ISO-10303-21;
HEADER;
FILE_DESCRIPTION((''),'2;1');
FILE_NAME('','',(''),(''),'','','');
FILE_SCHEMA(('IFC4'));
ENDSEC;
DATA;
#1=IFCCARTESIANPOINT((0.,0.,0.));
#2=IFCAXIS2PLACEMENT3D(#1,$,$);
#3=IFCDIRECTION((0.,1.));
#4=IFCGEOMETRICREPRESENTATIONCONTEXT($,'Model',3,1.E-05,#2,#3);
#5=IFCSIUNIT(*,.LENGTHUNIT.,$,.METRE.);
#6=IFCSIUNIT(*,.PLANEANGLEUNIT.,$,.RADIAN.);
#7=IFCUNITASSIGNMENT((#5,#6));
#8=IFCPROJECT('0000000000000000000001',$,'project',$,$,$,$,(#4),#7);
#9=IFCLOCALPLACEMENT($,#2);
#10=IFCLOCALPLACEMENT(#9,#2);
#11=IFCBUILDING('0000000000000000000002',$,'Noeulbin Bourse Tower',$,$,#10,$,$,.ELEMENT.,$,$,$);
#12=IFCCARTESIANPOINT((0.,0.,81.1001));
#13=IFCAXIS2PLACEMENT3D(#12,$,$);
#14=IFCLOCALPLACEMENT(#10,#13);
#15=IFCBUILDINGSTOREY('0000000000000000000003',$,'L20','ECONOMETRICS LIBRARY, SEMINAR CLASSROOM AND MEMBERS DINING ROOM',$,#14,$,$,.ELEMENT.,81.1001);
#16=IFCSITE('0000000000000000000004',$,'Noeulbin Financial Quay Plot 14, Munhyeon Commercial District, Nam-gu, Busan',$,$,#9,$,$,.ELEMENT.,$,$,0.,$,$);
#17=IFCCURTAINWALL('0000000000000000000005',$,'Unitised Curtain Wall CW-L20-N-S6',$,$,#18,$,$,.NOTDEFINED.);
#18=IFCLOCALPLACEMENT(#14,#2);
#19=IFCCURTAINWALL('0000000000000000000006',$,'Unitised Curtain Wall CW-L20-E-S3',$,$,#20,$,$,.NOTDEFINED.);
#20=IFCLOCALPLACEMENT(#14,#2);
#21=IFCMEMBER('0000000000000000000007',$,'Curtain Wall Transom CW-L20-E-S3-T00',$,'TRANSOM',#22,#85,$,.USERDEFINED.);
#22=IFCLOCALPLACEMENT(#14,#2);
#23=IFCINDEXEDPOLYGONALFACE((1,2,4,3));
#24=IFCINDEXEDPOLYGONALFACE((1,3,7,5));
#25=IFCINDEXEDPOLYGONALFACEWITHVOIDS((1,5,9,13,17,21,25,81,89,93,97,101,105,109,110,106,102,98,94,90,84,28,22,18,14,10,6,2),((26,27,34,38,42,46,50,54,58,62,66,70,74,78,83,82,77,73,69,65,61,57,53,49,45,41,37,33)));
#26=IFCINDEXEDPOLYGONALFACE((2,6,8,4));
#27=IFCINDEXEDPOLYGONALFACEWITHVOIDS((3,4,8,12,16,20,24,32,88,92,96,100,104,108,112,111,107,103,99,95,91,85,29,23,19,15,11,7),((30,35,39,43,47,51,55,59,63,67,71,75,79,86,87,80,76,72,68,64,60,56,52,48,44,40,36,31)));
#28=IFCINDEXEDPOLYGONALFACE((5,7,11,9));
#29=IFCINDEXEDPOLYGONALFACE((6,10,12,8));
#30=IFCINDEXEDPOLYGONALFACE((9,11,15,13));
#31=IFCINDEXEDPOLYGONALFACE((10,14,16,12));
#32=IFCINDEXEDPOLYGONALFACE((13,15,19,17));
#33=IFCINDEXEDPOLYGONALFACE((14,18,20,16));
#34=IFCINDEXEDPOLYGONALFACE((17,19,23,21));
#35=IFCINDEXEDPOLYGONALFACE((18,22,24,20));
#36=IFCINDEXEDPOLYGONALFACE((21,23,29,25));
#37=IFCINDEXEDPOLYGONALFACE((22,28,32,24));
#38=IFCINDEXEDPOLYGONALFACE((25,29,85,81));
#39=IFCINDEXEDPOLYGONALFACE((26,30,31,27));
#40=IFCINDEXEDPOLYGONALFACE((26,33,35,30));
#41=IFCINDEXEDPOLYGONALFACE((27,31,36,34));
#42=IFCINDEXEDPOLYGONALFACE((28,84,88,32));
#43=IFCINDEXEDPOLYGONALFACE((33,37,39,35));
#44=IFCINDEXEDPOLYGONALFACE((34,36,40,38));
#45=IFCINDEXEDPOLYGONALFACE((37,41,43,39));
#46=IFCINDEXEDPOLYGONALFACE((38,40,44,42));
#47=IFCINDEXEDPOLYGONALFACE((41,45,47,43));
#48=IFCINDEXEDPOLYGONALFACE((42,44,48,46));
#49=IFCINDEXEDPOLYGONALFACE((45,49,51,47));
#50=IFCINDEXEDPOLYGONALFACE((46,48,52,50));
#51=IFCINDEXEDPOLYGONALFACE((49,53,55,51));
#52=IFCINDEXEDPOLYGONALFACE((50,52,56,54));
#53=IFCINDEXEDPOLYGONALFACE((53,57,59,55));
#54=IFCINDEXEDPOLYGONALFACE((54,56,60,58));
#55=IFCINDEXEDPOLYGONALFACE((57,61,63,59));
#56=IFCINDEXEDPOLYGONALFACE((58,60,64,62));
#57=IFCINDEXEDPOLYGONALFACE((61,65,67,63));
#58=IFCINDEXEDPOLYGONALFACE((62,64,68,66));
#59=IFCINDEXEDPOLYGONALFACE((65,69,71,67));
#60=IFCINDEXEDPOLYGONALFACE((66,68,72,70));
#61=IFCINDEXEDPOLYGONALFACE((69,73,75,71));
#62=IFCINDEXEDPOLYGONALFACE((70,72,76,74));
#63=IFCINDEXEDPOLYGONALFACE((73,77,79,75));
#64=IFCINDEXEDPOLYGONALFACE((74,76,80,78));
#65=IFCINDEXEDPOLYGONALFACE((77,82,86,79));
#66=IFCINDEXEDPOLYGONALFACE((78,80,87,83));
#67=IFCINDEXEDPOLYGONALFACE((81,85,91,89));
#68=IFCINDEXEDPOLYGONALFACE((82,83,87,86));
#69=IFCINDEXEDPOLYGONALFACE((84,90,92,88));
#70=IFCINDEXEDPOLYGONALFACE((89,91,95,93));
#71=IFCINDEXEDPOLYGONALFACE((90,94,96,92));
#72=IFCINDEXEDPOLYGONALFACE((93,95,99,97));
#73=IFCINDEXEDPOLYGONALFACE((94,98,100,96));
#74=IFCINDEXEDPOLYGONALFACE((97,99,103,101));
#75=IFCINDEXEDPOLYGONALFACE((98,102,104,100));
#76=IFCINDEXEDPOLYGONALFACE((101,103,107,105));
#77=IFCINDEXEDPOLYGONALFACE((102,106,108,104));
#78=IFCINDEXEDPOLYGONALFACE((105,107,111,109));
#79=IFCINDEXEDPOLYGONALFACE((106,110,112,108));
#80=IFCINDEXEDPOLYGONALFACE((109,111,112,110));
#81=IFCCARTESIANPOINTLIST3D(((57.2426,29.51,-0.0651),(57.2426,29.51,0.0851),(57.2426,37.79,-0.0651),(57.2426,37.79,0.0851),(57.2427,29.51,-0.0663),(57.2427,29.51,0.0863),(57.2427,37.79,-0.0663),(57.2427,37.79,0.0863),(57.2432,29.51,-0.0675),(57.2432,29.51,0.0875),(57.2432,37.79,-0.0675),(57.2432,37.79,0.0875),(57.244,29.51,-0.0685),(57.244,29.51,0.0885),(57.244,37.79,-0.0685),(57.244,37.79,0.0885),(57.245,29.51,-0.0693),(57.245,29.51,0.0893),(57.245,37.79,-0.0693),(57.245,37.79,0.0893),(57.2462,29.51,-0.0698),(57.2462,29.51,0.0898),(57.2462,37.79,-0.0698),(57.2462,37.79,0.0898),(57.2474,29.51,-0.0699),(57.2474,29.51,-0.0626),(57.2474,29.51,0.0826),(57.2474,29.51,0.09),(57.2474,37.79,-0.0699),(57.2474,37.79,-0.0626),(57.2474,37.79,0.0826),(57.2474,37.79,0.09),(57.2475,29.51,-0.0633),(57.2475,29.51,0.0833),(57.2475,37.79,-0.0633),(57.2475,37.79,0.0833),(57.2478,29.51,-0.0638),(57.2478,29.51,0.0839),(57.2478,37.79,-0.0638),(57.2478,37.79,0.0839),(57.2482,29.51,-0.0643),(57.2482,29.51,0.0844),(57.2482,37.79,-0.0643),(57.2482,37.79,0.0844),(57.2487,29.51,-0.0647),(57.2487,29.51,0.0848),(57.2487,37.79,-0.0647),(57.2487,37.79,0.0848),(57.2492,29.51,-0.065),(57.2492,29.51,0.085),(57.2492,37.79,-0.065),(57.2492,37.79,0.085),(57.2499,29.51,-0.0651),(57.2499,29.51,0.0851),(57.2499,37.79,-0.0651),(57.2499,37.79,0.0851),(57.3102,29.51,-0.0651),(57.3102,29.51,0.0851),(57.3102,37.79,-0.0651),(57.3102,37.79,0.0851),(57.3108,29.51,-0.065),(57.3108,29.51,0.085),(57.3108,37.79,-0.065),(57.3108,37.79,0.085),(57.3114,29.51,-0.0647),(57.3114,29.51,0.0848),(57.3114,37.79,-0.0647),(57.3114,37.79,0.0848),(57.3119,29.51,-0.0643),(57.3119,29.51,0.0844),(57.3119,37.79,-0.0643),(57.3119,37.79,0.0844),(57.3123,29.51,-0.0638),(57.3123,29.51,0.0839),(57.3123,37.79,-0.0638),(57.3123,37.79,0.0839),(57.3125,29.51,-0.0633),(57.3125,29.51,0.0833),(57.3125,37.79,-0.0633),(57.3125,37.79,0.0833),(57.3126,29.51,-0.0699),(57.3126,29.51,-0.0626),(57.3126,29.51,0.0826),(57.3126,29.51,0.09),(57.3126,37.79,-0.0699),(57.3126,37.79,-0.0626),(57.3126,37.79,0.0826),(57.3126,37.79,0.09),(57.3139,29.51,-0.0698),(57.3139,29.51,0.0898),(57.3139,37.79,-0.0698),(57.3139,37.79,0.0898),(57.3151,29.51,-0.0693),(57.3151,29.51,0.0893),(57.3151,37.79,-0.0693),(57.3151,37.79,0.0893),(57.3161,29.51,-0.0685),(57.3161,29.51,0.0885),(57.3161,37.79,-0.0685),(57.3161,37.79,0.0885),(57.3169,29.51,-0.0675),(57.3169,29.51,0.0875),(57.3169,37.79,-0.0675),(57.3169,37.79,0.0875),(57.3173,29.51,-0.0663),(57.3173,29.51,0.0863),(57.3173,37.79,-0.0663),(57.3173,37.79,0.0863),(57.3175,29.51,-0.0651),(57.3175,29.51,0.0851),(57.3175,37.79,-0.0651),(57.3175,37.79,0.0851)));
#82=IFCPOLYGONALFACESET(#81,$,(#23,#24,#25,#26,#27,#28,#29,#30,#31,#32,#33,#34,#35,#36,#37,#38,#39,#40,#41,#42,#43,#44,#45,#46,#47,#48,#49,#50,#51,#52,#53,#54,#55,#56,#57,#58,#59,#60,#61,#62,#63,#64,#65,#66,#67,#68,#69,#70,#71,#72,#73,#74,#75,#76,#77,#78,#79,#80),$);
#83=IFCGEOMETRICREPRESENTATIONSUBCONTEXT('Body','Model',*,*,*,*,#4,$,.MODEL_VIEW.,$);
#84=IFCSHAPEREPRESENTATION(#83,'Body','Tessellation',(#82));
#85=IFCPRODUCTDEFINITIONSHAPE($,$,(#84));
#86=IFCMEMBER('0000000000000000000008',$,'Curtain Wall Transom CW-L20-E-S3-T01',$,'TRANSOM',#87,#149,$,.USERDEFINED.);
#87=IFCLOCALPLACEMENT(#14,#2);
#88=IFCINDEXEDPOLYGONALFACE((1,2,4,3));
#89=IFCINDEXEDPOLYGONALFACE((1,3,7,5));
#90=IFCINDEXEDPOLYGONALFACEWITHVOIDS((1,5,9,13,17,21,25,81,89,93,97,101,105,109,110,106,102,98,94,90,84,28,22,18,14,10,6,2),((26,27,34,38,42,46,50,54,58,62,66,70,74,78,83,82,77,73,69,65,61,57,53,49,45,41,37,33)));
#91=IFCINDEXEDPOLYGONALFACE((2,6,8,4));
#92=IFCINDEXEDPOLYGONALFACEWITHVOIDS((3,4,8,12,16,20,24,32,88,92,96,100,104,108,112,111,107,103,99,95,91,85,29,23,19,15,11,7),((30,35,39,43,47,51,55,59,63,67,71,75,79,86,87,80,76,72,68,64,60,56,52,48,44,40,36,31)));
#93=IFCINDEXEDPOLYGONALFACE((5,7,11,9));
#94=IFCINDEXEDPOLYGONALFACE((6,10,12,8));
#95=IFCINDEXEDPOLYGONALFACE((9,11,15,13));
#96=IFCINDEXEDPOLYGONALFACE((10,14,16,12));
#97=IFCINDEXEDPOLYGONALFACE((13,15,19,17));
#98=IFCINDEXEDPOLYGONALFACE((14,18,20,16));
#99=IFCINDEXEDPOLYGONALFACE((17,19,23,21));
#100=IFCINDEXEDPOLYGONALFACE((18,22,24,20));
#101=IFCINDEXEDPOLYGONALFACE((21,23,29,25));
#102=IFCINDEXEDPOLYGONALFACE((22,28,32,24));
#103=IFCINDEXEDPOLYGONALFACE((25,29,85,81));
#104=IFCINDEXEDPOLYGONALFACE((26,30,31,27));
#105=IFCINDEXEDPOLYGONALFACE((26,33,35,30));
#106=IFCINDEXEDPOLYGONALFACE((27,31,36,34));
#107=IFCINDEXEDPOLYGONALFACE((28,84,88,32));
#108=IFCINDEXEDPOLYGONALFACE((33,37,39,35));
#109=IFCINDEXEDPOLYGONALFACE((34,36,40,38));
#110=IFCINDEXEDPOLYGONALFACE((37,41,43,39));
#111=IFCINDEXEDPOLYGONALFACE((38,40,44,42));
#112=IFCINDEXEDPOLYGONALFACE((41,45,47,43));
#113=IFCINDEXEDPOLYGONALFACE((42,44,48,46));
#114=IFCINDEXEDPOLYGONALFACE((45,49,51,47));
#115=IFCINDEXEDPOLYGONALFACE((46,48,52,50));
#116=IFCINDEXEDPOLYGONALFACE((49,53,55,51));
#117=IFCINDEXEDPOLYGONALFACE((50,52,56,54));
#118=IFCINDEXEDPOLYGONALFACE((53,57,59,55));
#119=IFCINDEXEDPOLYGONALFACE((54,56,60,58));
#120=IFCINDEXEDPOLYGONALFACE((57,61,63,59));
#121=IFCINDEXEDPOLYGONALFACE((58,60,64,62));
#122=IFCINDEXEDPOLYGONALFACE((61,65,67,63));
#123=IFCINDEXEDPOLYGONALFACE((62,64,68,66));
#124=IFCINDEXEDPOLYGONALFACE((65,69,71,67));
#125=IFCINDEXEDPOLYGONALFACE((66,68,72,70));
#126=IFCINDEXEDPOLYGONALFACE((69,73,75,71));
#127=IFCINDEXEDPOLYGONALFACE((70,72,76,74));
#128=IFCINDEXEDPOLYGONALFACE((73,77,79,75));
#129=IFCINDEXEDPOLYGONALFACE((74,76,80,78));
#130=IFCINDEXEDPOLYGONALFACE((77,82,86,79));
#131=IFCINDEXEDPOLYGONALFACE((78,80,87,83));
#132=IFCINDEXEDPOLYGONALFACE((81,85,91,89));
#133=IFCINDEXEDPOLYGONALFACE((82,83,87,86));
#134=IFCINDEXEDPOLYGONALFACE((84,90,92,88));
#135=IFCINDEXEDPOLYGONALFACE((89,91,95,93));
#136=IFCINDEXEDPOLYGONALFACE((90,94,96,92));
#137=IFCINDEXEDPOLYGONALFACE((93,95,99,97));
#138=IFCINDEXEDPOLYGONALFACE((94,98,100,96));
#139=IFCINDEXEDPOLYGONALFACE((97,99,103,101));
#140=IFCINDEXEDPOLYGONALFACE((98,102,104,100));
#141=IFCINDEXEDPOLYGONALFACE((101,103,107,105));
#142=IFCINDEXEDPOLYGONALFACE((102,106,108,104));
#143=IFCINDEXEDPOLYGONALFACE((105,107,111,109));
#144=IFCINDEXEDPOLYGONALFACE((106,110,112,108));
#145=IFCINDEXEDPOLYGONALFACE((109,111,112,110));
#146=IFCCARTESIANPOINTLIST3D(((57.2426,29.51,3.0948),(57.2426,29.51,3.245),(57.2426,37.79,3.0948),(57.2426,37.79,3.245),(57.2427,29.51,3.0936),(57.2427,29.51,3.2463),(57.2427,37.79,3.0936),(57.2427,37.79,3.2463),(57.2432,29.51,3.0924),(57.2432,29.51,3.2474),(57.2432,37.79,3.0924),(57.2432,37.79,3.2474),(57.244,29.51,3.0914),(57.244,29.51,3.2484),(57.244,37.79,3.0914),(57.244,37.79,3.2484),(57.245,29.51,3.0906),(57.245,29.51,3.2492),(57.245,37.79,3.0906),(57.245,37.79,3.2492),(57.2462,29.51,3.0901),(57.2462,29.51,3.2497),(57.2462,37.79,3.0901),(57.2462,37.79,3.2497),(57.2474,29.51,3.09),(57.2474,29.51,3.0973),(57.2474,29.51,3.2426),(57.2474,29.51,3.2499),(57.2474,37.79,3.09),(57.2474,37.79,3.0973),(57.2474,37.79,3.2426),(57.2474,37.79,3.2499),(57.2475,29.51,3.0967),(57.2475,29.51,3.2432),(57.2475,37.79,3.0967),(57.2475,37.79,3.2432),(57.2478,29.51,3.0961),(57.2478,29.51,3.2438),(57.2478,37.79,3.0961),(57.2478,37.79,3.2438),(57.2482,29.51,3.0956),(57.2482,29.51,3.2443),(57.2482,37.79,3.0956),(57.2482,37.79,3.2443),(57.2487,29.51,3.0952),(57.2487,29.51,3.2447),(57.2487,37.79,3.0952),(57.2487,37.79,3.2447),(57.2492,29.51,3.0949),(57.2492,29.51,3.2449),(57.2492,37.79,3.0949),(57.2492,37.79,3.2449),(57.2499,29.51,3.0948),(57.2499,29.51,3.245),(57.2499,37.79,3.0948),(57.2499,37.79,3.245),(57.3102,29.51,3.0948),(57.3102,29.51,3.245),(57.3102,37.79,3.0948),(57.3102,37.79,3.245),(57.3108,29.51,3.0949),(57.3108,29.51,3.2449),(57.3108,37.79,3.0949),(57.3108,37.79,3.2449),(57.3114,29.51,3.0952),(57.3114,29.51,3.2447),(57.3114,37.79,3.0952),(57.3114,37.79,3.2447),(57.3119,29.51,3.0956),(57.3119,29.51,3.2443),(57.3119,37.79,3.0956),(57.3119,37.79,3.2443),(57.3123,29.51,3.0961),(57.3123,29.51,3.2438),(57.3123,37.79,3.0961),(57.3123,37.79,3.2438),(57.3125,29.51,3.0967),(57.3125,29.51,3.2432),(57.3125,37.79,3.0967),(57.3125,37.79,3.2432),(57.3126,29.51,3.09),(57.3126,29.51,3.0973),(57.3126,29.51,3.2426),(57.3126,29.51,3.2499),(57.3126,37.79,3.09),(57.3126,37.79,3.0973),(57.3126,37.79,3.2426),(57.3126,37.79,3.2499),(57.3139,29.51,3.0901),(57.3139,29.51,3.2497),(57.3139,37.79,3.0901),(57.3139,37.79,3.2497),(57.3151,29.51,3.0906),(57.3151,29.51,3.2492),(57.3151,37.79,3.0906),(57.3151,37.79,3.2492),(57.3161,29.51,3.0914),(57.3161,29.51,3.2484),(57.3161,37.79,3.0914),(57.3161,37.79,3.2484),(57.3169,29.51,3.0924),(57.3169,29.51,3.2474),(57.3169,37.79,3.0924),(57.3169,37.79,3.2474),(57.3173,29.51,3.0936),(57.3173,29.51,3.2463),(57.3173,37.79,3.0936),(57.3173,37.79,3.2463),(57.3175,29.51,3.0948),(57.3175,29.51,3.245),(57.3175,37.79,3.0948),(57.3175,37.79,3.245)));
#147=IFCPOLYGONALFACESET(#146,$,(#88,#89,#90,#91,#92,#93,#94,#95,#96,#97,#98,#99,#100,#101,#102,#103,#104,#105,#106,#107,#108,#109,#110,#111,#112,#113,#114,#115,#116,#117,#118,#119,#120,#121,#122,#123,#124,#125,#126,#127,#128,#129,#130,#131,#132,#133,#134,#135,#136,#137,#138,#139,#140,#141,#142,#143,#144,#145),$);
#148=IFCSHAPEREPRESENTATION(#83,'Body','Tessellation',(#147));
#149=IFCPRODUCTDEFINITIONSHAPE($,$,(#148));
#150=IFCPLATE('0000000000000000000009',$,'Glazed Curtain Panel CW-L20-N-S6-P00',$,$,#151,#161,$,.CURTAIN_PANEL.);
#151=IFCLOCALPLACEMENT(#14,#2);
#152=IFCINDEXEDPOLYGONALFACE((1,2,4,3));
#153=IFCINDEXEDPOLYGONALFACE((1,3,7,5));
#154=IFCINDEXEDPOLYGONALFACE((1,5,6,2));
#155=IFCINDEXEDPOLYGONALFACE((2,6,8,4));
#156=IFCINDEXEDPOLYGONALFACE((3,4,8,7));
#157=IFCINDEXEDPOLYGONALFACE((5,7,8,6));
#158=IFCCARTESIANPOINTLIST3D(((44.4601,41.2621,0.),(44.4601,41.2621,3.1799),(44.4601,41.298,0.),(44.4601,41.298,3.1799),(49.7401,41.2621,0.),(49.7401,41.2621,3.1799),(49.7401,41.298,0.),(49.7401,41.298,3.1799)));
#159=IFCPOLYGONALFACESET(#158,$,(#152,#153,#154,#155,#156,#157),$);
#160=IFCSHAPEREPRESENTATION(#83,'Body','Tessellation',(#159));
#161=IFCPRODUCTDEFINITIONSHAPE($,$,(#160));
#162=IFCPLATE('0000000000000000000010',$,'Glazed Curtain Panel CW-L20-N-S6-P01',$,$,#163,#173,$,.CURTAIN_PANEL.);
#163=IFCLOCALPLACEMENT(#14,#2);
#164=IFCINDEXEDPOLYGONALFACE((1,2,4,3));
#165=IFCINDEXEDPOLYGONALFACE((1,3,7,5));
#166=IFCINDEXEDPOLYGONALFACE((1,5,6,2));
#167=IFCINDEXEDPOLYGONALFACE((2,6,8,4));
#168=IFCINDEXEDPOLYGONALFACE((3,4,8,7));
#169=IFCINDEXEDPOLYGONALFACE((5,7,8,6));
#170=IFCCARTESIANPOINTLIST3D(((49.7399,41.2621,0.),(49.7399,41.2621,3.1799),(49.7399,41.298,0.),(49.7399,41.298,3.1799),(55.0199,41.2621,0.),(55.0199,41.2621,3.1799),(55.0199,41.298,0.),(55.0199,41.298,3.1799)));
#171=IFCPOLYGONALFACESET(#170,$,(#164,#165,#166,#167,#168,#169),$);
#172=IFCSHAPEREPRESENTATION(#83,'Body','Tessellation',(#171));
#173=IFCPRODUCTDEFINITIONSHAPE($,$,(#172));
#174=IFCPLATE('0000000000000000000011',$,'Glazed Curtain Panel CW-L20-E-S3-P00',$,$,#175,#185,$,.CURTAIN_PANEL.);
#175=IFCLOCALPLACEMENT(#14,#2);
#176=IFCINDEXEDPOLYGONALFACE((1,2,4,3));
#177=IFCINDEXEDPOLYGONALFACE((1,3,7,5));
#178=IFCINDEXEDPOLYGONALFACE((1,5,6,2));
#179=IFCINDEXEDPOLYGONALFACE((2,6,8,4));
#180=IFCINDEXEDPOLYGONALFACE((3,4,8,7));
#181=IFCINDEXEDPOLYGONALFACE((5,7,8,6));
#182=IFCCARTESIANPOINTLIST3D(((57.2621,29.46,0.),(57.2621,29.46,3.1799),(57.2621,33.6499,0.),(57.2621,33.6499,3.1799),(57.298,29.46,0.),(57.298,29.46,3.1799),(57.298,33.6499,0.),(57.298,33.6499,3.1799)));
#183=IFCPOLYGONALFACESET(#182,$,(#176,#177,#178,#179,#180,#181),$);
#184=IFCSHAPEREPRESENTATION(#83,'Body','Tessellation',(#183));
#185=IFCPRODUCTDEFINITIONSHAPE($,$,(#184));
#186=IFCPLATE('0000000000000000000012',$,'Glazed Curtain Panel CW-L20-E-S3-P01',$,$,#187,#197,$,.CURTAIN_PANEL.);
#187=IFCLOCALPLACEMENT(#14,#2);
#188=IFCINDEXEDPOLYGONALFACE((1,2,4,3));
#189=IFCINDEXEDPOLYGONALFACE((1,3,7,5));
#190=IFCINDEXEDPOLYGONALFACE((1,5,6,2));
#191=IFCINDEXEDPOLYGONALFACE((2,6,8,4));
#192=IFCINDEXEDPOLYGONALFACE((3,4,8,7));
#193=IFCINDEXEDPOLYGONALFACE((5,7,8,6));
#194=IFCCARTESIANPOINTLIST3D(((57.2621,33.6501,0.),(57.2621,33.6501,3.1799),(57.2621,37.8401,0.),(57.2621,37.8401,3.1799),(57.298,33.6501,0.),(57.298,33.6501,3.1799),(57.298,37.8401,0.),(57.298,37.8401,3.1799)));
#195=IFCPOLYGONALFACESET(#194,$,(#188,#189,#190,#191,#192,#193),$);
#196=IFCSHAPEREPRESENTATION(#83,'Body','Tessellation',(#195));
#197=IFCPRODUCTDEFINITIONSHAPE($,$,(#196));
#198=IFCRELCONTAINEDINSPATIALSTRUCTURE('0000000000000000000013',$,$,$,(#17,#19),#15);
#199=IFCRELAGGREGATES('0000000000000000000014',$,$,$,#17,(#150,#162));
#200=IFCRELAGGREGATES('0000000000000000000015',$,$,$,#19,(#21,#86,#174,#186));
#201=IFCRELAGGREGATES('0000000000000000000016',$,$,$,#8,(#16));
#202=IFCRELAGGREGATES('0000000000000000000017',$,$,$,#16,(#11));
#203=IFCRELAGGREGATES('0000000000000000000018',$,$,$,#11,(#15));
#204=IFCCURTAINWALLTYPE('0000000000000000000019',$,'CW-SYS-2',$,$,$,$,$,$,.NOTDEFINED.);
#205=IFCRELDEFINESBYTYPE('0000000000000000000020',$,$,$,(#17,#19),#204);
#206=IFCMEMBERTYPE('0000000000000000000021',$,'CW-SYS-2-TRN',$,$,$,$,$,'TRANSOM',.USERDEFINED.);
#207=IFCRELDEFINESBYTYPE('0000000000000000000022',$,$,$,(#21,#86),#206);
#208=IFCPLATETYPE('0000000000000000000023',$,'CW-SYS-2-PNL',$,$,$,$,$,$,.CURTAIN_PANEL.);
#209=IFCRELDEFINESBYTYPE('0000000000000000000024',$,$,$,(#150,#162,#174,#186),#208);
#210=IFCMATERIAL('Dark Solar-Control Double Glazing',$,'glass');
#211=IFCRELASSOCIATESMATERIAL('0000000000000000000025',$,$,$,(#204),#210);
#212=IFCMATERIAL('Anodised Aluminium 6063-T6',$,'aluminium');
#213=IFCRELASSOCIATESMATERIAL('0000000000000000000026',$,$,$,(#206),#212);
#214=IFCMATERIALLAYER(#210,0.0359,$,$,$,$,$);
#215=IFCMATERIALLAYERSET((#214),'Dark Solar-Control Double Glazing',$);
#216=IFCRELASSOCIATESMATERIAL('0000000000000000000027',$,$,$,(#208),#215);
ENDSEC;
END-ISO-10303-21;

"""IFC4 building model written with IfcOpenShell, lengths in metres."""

from ifc_helpers import new_model, si_unit, direction, frame, origin, origin_2d, place, context, subcontext, project, spatial, rectangle, hollow_rectangle, extrude, material, layer, layer_set, material_profile, profile_set, type_object, element, aggregate, save


model = new_model("IFC4")

# Units and contexts
model_context = context("Model", 3, precision=1e-05, world=origin(), true_north=direction((0.0, 1.0)))
body_context = subcontext(model_context, "Body", "Model", "MODEL_VIEW")
ifc_project = project(units=[si_unit("LENGTHUNIT", "METRE"), si_unit("PLANEANGLEUNIT", "RADIAN")], contexts=[model_context])

# Site, building, storey
site_placement = place(None, origin())
site = spatial("IfcSite", under=ifc_project, at=site_placement, Name="Noeulbin Financial Quay Plot 14, Munhyeon Commercial District, Nam-gu, Busan", CompositionType="ELEMENT", RefElevation=0.0)
building_placement = place(site_placement, origin())
building = spatial("IfcBuilding", under=site, at=building_placement, Name="Noeulbin Bourse Tower", CompositionType="ELEMENT")
storey_placement = place(building_placement, frame((0.0, 0.0, 81.1001)))
storey = spatial("IfcBuildingStorey", under=building, at=storey_placement, Name="L20", Description="ECONOMETRICS LIBRARY, SEMINAR CLASSROOM AND MEMBERS DINING ROOM", CompositionType="ELEMENT", Elevation=81.1001)

# Curtain walls
ifc_material_1 = material(Name="Dark Solar-Control Double Glazing", Category="glass")
curtain_wall_type = type_object("IfcCurtainWallType", Name="CW-SYS-2", PredefinedType="NOTDEFINED", material=ifc_material_1)
curtain_wall_1_placement = place(storey_placement, origin())
curtain_wall_1 = element("IfcCurtainWall", 1, at=curtain_wall_1_placement, inside=storey, type_object=curtain_wall_type, Name="Unitised Curtain Wall CW-L20-N-S6", PredefinedType="NOTDEFINED")
ifc_material_2 = material(Name="Anodised Aluminium 6063-T6", Category="aluminium")
curtain_wall_2_placement = place(storey_placement, origin())
curtain_wall_2 = element("IfcCurtainWall", 2, at=curtain_wall_2_placement, inside=storey, type_object=curtain_wall_type, Name="Unitised Curtain Wall CW-L20-E-S3", PredefinedType="NOTDEFINED")

# Members
ifc_material_profile_1 = material_profile(ifc_material_2, hollow_rectangle(XDim=0.075, YDim=0.1599, WallThickness=0.0049, InnerFilletRadius=0.0024, OuterFilletRadius=0.0049, at=origin_2d()), Name="ALU-TRAN-75x160x5", Category="LoadBearing")
ifc_profile_set_1 = profile_set([ifc_material_profile_1], Name="Anodised Aluminium 6063-T6")
member_type_1 = type_object("IfcMemberType", Name="CW-SYS-2-TRN", ElementType="TRANSOM", PredefinedType="USERDEFINED", material=ifc_profile_set_1)
member_1_placement = place(storey_placement, frame((57.28, 29.51, 0.01), z_axis=(0.0, 1.0, 0.0), x_axis=(-1.0, 0.0, 0.0)))
member_1 = element("IfcMember", 3, at=member_1_placement, type_object=member_type_1, Name="Curtain Wall Transom CW-L20-E-S3-T00", ObjectType="TRANSOM", PredefinedType="USERDEFINED", context=body_context, shape_type="SweptSolid", body=[
    extrude(hollow_rectangle(XDim=0.075, YDim=0.1599, WallThickness=0.0049, InnerFilletRadius=0.0024, OuterFilletRadius=0.0049, at=origin_2d()), origin(), (0.0, 0.0, 1.0), 8.28),
])
member_2_placement = place(storey_placement, frame((57.28, 29.51, 3.1699), z_axis=(0.0, 1.0, 0.0), x_axis=(-1.0, 0.0, 0.0)))
member_2 = element("IfcMember", 4, at=member_2_placement, type_object=member_type_1, Name="Curtain Wall Transom CW-L20-E-S3-T01", ObjectType="TRANSOM", PredefinedType="USERDEFINED", context=body_context, shape_type="SweptSolid", body=[
    extrude(hollow_rectangle(XDim=0.075, YDim=0.1599, WallThickness=0.0049, InnerFilletRadius=0.0024, OuterFilletRadius=0.0049, at=origin_2d()), origin(), (0.0, 0.0, 1.0), 8.28),
])

# Plates
ifc_layer_1 = layer(ifc_material_1, 0.0359)
ifc_layer_set_1 = layer_set([ifc_layer_1], Name="Dark Solar-Control Double Glazing")
plate_type_1 = type_object("IfcPlateType", Name="CW-SYS-2-PNL", PredefinedType="CURTAIN_PANEL", material=ifc_layer_set_1)
plate_1_placement = place(storey_placement, frame((47.1001, 41.28, 0.0), z_axis=(0.0, 0.0, 1.0), x_axis=(1.0, 0.0, 0.0)))
plate_1 = element("IfcPlate", 5, at=plate_1_placement, type_object=plate_type_1, Name="Glazed Curtain Panel CW-L20-N-S6-P00", PredefinedType="CURTAIN_PANEL", context=body_context, shape_type="SweptSolid", body=[
    extrude(rectangle(XDim=5.28, YDim=0.0359, at=origin_2d()), origin(), (0.0, 0.0, 1.0), 3.1799),
])
plate_2_placement = place(storey_placement, frame((52.3799, 41.28, 0.0), z_axis=(0.0, 0.0, 1.0), x_axis=(1.0, 0.0, 0.0)))
plate_2 = element("IfcPlate", 6, at=plate_2_placement, type_object=plate_type_1, Name="Glazed Curtain Panel CW-L20-N-S6-P01", PredefinedType="CURTAIN_PANEL", context=body_context, shape_type="SweptSolid", body=[
    extrude(rectangle(XDim=5.28, YDim=0.0359, at=origin_2d()), origin(), (0.0, 0.0, 1.0), 3.1799),
])
aggregate(curtain_wall_1, [plate_1, plate_2])
plate_3_placement = place(storey_placement, frame((57.28, 31.5549, 0.0), z_axis=(0.0, 0.0, 1.0), x_axis=(0.0, 1.0, 0.0)))
plate_3 = element("IfcPlate", 7, at=plate_3_placement, type_object=plate_type_1, Name="Glazed Curtain Panel CW-L20-E-S3-P00", PredefinedType="CURTAIN_PANEL", context=body_context, shape_type="SweptSolid", body=[
    extrude(rectangle(XDim=4.1899, YDim=0.0359, at=origin_2d()), origin(), (0.0, 0.0, 1.0), 3.1799),
])
plate_4_placement = place(storey_placement, frame((57.28, 35.7451, 0.0), z_axis=(0.0, 0.0, 1.0), x_axis=(0.0, 1.0, 0.0)))
plate_4 = element("IfcPlate", 8, at=plate_4_placement, type_object=plate_type_1, Name="Glazed Curtain Panel CW-L20-E-S3-P01", PredefinedType="CURTAIN_PANEL", context=body_context, shape_type="SweptSolid", body=[
    extrude(rectangle(XDim=4.1899, YDim=0.0359, at=origin_2d()), origin(), (0.0, 0.0, 1.0), 3.1799),
])
aggregate(curtain_wall_2, [member_1, member_2, plate_3, plate_4])

save(model, "model.ifc")
